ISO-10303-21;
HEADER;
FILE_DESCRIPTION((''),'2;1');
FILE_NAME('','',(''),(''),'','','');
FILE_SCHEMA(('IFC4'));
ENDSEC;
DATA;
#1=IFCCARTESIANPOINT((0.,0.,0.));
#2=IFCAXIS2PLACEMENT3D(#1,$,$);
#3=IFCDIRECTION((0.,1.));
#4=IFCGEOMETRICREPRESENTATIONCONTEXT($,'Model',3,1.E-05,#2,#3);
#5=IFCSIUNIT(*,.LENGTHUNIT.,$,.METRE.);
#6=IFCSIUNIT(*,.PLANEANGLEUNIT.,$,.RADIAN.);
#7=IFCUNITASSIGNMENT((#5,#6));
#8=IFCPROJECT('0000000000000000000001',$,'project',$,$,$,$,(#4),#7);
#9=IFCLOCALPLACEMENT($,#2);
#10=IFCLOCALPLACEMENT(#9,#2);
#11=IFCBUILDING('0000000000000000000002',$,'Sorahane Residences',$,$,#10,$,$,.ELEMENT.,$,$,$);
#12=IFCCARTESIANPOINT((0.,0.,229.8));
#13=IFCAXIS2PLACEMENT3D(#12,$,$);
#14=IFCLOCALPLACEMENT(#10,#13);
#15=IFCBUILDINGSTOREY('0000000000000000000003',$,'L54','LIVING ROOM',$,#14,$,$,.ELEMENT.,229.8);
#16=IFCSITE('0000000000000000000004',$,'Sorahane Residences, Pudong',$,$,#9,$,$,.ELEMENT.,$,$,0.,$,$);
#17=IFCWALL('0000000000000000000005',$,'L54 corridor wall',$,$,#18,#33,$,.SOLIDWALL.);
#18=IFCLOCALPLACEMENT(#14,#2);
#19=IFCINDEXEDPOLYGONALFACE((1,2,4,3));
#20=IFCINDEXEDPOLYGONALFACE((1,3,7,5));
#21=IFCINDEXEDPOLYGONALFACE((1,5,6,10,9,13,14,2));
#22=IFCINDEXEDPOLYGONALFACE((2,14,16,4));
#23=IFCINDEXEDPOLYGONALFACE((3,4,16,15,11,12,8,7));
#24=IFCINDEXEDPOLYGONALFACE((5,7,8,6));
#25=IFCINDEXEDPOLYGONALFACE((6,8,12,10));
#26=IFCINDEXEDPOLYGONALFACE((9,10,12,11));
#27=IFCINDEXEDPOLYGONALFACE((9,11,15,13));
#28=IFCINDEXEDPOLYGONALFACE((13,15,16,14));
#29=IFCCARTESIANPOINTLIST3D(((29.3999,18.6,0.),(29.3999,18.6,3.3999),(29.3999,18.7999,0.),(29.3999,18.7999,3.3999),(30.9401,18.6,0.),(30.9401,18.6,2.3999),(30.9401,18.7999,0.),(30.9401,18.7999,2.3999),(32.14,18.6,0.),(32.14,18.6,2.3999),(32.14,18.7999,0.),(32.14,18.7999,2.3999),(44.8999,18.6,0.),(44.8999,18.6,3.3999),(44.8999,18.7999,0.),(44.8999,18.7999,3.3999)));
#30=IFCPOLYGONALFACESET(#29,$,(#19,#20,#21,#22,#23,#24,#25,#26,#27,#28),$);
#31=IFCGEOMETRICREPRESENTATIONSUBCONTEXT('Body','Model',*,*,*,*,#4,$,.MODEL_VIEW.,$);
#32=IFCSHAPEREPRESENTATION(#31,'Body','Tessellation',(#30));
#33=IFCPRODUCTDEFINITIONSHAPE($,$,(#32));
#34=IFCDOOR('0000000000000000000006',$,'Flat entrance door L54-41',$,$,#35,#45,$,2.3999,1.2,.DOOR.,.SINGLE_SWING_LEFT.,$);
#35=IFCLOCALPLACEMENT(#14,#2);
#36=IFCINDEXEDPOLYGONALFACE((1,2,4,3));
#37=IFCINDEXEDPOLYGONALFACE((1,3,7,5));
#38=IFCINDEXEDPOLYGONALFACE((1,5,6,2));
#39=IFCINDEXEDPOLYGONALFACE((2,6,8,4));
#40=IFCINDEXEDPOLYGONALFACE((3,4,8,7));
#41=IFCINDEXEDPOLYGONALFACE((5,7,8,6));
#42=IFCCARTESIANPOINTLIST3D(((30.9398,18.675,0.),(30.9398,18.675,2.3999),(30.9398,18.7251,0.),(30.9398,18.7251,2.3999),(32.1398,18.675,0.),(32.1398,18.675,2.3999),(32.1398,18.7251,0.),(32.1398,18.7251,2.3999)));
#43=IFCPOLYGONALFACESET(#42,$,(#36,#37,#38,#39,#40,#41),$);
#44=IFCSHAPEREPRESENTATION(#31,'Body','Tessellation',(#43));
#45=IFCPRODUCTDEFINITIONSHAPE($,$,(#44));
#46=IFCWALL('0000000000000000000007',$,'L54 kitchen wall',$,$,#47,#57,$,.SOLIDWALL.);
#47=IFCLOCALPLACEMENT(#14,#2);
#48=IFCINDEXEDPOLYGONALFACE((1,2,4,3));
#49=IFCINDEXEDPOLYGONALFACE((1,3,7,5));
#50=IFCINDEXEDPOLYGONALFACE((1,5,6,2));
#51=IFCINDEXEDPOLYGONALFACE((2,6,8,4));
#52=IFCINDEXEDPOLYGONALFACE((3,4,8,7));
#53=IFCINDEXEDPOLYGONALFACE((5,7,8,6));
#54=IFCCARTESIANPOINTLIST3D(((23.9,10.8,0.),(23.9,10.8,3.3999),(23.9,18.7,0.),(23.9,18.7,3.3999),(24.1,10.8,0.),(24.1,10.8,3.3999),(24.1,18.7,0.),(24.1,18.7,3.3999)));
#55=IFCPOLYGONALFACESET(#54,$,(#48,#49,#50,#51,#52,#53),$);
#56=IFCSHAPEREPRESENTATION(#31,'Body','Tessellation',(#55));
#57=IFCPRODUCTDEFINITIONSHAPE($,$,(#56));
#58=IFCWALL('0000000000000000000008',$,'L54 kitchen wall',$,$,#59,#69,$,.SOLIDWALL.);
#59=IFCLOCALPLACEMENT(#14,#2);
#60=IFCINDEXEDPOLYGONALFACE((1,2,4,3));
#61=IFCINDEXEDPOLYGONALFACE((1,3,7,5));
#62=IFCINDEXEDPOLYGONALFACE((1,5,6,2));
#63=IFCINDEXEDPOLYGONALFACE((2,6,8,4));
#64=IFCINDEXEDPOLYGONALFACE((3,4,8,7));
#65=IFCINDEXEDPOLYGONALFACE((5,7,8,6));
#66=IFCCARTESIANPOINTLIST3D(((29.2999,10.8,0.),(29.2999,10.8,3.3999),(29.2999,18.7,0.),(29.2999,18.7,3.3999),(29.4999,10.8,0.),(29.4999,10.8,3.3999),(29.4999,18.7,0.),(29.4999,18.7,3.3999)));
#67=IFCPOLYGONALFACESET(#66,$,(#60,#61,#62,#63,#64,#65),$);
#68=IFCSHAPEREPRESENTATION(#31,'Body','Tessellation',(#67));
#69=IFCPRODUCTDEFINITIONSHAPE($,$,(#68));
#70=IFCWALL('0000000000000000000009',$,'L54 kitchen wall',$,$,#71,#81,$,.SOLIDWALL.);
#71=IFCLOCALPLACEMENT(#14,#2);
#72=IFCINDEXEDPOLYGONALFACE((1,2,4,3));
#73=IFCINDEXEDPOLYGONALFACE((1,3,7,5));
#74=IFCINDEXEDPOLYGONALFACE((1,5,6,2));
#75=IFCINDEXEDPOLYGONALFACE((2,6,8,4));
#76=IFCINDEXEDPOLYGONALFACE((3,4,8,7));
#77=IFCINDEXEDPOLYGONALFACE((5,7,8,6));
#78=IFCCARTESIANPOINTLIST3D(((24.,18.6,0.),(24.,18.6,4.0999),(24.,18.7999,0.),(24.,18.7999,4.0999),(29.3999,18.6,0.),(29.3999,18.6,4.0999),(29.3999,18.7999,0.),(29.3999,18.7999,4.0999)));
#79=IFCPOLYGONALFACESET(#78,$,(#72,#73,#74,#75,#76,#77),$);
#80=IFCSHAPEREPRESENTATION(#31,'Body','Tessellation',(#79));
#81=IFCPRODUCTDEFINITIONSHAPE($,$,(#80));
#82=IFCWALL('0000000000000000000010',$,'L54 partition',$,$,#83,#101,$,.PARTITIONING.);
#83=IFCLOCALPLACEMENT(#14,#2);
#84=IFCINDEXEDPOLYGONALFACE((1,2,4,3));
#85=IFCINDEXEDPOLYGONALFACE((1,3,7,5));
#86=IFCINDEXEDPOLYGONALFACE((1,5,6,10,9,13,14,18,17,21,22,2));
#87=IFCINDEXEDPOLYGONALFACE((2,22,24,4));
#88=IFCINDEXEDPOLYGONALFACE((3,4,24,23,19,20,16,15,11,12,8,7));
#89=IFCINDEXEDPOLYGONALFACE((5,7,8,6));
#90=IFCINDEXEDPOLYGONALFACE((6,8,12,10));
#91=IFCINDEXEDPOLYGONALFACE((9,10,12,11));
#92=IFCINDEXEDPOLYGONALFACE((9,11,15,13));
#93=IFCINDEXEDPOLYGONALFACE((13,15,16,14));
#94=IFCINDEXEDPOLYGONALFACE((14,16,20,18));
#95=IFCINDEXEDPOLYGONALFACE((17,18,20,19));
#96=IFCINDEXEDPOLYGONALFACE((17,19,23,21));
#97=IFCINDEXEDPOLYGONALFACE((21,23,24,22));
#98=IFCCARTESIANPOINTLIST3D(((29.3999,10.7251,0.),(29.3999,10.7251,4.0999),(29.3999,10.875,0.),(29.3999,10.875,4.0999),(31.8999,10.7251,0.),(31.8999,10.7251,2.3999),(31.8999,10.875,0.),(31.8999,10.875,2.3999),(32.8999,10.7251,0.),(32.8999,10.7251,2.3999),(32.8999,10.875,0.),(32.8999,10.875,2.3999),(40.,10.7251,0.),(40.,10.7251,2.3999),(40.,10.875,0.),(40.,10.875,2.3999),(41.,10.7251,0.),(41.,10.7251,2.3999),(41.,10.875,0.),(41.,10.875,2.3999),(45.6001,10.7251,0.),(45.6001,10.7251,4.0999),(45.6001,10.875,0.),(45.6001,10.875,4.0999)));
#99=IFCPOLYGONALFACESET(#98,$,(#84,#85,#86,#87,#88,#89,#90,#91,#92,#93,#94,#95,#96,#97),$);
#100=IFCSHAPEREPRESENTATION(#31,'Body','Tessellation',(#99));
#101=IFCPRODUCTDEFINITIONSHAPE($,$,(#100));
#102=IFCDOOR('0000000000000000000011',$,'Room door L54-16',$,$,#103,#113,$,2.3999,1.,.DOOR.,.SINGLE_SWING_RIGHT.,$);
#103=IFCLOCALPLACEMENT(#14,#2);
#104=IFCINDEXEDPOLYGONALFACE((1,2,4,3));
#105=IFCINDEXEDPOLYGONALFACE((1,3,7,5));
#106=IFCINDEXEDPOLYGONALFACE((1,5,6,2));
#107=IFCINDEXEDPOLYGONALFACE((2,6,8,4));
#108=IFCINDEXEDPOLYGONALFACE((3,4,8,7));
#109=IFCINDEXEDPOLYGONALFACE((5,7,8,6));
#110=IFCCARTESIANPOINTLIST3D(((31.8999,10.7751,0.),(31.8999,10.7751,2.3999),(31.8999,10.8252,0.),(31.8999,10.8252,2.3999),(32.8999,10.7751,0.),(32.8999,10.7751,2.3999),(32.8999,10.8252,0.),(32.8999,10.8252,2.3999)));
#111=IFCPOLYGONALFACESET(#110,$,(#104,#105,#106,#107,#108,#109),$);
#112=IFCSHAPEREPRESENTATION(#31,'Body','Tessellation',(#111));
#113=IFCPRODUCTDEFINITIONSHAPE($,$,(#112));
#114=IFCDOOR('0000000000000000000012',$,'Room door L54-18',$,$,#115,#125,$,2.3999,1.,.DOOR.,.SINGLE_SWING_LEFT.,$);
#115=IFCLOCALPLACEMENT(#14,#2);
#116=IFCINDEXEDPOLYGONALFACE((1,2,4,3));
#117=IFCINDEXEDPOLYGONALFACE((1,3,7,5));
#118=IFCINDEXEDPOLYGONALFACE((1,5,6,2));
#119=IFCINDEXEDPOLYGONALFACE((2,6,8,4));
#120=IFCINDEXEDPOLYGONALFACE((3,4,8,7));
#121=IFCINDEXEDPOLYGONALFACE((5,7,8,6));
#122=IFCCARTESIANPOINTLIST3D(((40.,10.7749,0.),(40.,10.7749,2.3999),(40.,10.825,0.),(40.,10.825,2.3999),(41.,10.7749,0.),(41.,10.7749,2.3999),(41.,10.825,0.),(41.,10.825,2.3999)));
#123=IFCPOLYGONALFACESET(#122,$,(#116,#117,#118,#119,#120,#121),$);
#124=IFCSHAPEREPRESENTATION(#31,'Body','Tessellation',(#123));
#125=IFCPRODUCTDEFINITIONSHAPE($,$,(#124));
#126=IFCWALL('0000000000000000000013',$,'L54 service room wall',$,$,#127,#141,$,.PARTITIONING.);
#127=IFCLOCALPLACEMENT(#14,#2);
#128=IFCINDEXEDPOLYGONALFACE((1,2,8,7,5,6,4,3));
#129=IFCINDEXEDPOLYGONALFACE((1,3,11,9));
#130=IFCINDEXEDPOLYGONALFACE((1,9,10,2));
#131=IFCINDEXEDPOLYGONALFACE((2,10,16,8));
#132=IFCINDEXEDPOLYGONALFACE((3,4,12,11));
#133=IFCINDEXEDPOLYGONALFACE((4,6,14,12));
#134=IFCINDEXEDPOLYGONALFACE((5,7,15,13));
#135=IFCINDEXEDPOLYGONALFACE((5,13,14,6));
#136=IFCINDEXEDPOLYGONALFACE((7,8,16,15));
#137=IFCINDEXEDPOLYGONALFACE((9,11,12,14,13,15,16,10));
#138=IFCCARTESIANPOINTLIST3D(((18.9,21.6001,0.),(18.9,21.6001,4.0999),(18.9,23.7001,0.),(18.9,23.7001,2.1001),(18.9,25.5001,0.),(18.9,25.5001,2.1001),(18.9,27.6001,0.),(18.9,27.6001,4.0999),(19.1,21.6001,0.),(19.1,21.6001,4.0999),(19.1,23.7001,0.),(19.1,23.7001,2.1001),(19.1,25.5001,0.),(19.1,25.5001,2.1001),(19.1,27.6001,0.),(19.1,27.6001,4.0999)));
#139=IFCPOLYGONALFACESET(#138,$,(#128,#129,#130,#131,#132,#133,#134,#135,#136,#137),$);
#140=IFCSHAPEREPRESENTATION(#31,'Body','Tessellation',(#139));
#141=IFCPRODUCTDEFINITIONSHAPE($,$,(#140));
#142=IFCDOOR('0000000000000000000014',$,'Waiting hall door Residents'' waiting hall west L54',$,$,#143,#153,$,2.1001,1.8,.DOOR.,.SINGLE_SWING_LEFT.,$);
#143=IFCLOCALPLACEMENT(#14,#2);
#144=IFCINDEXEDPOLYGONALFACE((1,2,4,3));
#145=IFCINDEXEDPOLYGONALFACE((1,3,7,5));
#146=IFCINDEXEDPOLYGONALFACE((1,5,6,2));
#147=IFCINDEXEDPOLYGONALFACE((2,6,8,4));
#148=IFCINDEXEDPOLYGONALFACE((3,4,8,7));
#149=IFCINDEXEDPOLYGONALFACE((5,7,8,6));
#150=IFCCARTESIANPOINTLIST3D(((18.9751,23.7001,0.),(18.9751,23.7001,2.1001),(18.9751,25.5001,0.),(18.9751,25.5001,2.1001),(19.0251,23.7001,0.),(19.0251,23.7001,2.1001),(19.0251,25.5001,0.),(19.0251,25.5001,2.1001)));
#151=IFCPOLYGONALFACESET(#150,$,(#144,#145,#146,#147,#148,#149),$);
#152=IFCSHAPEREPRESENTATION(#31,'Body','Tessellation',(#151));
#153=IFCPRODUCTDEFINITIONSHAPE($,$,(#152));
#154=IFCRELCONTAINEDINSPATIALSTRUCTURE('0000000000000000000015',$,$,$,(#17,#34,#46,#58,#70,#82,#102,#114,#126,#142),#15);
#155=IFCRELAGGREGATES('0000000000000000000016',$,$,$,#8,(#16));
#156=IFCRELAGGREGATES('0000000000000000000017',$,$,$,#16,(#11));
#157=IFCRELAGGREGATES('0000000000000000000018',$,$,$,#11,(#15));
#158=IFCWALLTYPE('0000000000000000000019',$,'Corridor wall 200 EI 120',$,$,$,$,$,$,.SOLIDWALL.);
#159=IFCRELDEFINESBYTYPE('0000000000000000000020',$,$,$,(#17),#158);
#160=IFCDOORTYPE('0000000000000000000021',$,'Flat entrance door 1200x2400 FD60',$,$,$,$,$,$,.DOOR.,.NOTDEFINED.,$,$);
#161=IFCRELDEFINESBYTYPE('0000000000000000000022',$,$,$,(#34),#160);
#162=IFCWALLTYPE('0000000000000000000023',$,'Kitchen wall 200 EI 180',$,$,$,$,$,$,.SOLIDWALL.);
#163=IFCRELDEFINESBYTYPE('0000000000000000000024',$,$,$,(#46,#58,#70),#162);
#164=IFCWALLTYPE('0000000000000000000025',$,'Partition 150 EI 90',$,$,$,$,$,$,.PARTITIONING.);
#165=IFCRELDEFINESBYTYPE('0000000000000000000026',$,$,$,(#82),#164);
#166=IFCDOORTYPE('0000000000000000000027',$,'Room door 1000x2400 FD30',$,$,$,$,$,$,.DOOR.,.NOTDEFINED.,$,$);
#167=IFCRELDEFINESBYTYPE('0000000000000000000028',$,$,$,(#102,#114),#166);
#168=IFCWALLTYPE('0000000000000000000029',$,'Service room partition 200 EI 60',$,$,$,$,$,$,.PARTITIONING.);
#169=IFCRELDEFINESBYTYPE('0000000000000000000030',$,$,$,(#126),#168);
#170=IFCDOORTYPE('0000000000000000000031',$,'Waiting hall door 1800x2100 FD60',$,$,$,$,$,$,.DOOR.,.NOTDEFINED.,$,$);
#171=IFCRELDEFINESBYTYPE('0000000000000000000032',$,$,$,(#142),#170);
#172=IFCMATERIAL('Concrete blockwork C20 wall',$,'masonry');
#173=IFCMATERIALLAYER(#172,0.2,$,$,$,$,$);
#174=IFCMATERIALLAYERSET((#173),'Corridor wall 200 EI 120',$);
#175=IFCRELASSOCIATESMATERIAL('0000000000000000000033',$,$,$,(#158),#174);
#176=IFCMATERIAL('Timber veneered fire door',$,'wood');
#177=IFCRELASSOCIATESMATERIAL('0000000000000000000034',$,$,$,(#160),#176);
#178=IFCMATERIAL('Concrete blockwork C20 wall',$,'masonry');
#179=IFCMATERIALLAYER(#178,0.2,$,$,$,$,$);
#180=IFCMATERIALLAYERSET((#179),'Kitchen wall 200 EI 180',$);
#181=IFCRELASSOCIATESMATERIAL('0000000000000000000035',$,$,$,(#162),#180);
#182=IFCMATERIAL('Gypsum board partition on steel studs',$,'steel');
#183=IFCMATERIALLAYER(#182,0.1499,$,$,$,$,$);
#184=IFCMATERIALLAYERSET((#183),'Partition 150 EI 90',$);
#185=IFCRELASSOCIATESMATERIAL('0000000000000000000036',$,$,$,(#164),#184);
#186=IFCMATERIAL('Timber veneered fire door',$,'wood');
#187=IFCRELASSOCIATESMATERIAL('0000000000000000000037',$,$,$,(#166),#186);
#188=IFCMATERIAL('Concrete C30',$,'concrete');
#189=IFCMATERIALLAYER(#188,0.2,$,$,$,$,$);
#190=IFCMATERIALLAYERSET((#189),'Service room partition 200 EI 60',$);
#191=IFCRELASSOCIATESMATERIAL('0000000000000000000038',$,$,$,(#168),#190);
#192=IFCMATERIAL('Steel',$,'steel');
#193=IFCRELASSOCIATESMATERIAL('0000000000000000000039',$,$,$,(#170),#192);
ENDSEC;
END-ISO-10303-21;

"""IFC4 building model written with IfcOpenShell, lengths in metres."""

from ifc_helpers import new_model, si_unit, direction, frame, frame_2d, origin, place, context, subcontext, project, spatial, rectangle, extrude, material, layer, layer_set, type_object, element, fill, save


model = new_model("IFC4")

# Units and contexts
model_context = context("Model", 3, precision=1e-05, world=origin(), true_north=direction((0.0, 1.0)))
body_context = subcontext(model_context, "Body", "Model", "MODEL_VIEW")
ifc_project = project(units=[si_unit("LENGTHUNIT", "METRE"), si_unit("PLANEANGLEUNIT", "RADIAN")], contexts=[model_context])

# Site, building, storey
site_placement = place(None, origin())
site = spatial("IfcSite", under=ifc_project, at=site_placement, Name="Sorahane Residences, Pudong", CompositionType="ELEMENT", RefElevation=0.0)
building_placement = place(site_placement, origin())
building = spatial("IfcBuilding", under=site, at=building_placement, Name="Sorahane Residences", CompositionType="ELEMENT")
storey_placement = place(building_placement, frame((0.0, 0.0, 229.8)))
storey = spatial("IfcBuildingStorey", under=building, at=storey_placement, Name="L54", Description="LIVING ROOM", CompositionType="ELEMENT", Elevation=229.8)

# Wall, opening, door
ifc_material_1 = material(Name="Concrete blockwork C20 wall", Category="masonry")
ifc_layer_1 = layer(ifc_material_1, 0.2)
ifc_layer_set_1 = layer_set([ifc_layer_1], Name="Corridor wall 200 EI 120")
wall_type_1 = type_object("IfcWallType", Name="Corridor wall 200 EI 120", PredefinedType="SOLIDWALL", material=ifc_layer_set_1)
wall_1_placement = place(storey_placement, frame((29.3999, 18.7, 0.0), z_axis=(0.0, 0.0, 1.0), x_axis=(1.0, 0.0, 0.0)))
wall_1 = element("IfcWall", 1, at=wall_1_placement, inside=storey, type_object=wall_type_1, Name="L54 corridor wall", PredefinedType="SOLIDWALL", context=body_context, shape_type="SweptSolid", body=[
    extrude(rectangle(XDim=15.5, YDim=0.2, at=frame_2d((7.75, 0.0))), origin(), (0.0, 0.0, 1.0), 3.3999),
])
opening_1_placement = place(wall_1_placement, frame((1.54, 0.0, 0.0)))
opening_1 = element("IfcOpeningElement", 2, at=opening_1_placement, cuts=wall_1, PredefinedType="OPENING", context=body_context, shape_type="SweptSolid", body=[
    extrude(rectangle(XDim=1.2, YDim=2.3999, at=frame_2d((0.6001, 1.2))), frame((0.0, 0.1099, 0.0), z_axis=(0.0, -1.0, 0.0), x_axis=(1.0, 0.0, 0.0)), (0.0, 0.0, 1.0), 0.22),
])
ifc_material_2 = material(Name="Timber veneered fire door", Category="wood")
door_type_1 = type_object("IfcDoorType", Name="Flat entrance door 1200x2400 FD60", OperationType="NOTDEFINED", PredefinedType="DOOR", material=ifc_material_2)
door_1_placement = place(opening_1_placement, frame((1.2, 0.0, 0.0), z_axis=(0.0, 0.0, 1.0), x_axis=(-1.0, 0.0, 0.0)))
door_1 = element("IfcDoor", 3, at=door_1_placement, inside=storey, type_object=door_type_1, Name="Flat entrance door L54-41", OperationType="SINGLE_SWING_LEFT", OverallHeight=2.3999, OverallWidth=1.2, PredefinedType="DOOR", context=body_context, shape_type="SweptSolid", body=[
    extrude(rectangle(XDim=1.2, YDim=2.3999, at=frame_2d((0.6001, 1.2))), frame((0.0, 0.0249, 0.0), z_axis=(0.0, -1.0, 0.0), x_axis=(1.0, 0.0, 0.0)), (0.0, 0.0, 1.0), 0.05),
])
fill(opening_1, door_1)

# Walls
ifc_material_3 = material(Name="Concrete blockwork C20 wall", Category="masonry")
ifc_layer_2 = layer(ifc_material_3, 0.2)
ifc_layer_set_2 = layer_set([ifc_layer_2], Name="Kitchen wall 200 EI 180")
wall_type_2 = type_object("IfcWallType", Name="Kitchen wall 200 EI 180", PredefinedType="SOLIDWALL", material=ifc_layer_set_2)
for number, where, z_axis, x_axis, name in (
    (4, (24.0, 10.8, 0.0), (0.0, 0.0, 1.0), (0.0, 1.0, 0.0), "L54 kitchen wall"),
    (5, (29.3999, 10.8, 0.0), (0.0, 0.0, 1.0), (0.0, 1.0, 0.0), "L54 kitchen wall"),
):
    element("IfcWall", number, at=place(storey_placement, frame(where, z_axis=z_axis, x_axis=x_axis)), inside=storey, type_object=wall_type_2, Name=name, PredefinedType="SOLIDWALL", context=body_context, shape_type="SweptSolid", body=[
        extrude(rectangle(XDim=7.8999, YDim=0.2, at=frame_2d((3.95, 0.0))), origin(), (0.0, 0.0, 1.0), 3.3999),
    ])

# Wall
wall_2_placement = place(storey_placement, frame((24.0, 18.7, 0.0), z_axis=(0.0, 0.0, 1.0), x_axis=(1.0, 0.0, 0.0)))
element("IfcWall", 6, at=wall_2_placement, inside=storey, type_object=wall_type_2, Name="L54 kitchen wall", PredefinedType="SOLIDWALL", context=body_context, shape_type="SweptSolid", body=[
    extrude(rectangle(XDim=5.3999, YDim=0.2, at=frame_2d((2.7, 0.0))), origin(), (0.0, 0.0, 1.0), 4.0999),
])

# Wall, openings, doors
ifc_material_4 = material(Name="Gypsum board partition on steel studs", Category="steel")
ifc_layer_3 = layer(ifc_material_4, 0.1499)
ifc_layer_set_3 = layer_set([ifc_layer_3], Name="Partition 150 EI 90")
wall_type_3 = type_object("IfcWallType", Name="Partition 150 EI 90", PredefinedType="PARTITIONING", material=ifc_layer_set_3)
wall_3_placement = place(storey_placement, frame((29.3999, 10.8, 0.0), z_axis=(0.0, 0.0, 1.0), x_axis=(1.0, 0.0, 0.0)))
wall_3 = element("IfcWall", 7, at=wall_3_placement, inside=storey, type_object=wall_type_3, Name="L54 partition", PredefinedType="PARTITIONING", context=body_context, shape_type="SweptSolid", body=[
    extrude(rectangle(XDim=16.2002, YDim=0.1499, at=frame_2d((8.1001, 0.0))), origin(), (0.0, 0.0, 1.0), 4.0999),
])
opening_2_placement = place(wall_3_placement, frame((2.5, 0.0, 0.0)))
opening_2 = element("IfcOpeningElement", 8, at=opening_2_placement, cuts=wall_3, PredefinedType="OPENING", context=body_context, shape_type="SweptSolid", body=[
    extrude(rectangle(XDim=1.0, YDim=2.3999, at=frame_2d((0.5, 1.2))), frame((0.0, 0.085, 0.0), z_axis=(0.0, -1.0, 0.0), x_axis=(1.0, 0.0, 0.0)), (0.0, 0.0, 1.0), 0.1699),
])
opening_3_placement = place(wall_3_placement, frame((10.6001, 0.0, 0.0)))
opening_3 = element("IfcOpeningElement", 9, at=opening_3_placement, cuts=wall_3, PredefinedType="OPENING", context=body_context, shape_type="SweptSolid", body=[
    extrude(rectangle(XDim=1.0, YDim=2.3999, at=frame_2d((0.5, 1.2))), frame((0.0, 0.085, 0.0), z_axis=(0.0, -1.0, 0.0), x_axis=(1.0, 0.0, 0.0)), (0.0, 0.0, 1.0), 0.1699),
])
ifc_material_5 = material(Name="Timber veneered fire door", Category="wood")
door_type_2 = type_object("IfcDoorType", Name="Room door 1000x2400 FD30", OperationType="NOTDEFINED", PredefinedType="DOOR", material=ifc_material_5)
door_2_placement = place(opening_2_placement, frame((1.0, 0.0, 0.0), z_axis=(0.0, 0.0, 1.0), x_axis=(-1.0, 0.0, 0.0)))
door_2 = element("IfcDoor", 10, at=door_2_placement, inside=storey, type_object=door_type_2, Name="Room door L54-16", OperationType="SINGLE_SWING_RIGHT", OverallHeight=2.3999, OverallWidth=1.0, PredefinedType="DOOR", context=body_context, shape_type="SweptSolid", body=[
    extrude(rectangle(XDim=1.0, YDim=2.3999, at=frame_2d((0.5, 1.2))), frame((0.0, 0.0249, 0.0), z_axis=(0.0, -1.0, 0.0), x_axis=(1.0, 0.0, 0.0)), (0.0, 0.0, 1.0), 0.05),
])
fill(opening_2, door_2)
door_3_placement = place(opening_3_placement, origin())
door_3 = element("IfcDoor", 11, at=door_3_placement, inside=storey, type_object=door_type_2, Name="Room door L54-18", OperationType="SINGLE_SWING_LEFT", OverallHeight=2.3999, OverallWidth=1.0, PredefinedType="DOOR", context=body_context, shape_type="SweptSolid", body=[
    extrude(rectangle(XDim=1.0, YDim=2.3999, at=frame_2d((0.5, 1.2))), frame((0.0, 0.0249, 0.0), z_axis=(0.0, -1.0, 0.0), x_axis=(1.0, 0.0, 0.0)), (0.0, 0.0, 1.0), 0.05),
])
fill(opening_3, door_3)

# Wall, opening, door
ifc_material_6 = material(Name="Concrete C30", Category="concrete")
ifc_layer_4 = layer(ifc_material_6, 0.2)
ifc_layer_set_4 = layer_set([ifc_layer_4], Name="Service room partition 200 EI 60")
wall_type_4 = type_object("IfcWallType", Name="Service room partition 200 EI 60", PredefinedType="PARTITIONING", material=ifc_layer_set_4)
wall_4_placement = place(storey_placement, frame((19.0, 21.6001, 0.0), z_axis=(0.0, 0.0, 1.0), x_axis=(0.0, 1.0, 0.0)))
wall_4 = element("IfcWall", 12, at=wall_4_placement, inside=storey, type_object=wall_type_4, Name="L54 service room wall", PredefinedType="PARTITIONING", context=body_context, shape_type="SweptSolid", body=[
    extrude(rectangle(XDim=6.0, YDim=0.2, at=frame_2d((3.0, 0.0))), origin(), (0.0, 0.0, 1.0), 4.0999),
])
opening_4_placement = place(wall_4_placement, frame((2.1001, 0.0, 0.0)))
opening_4 = element("IfcOpeningElement", 13, at=opening_4_placement, cuts=wall_4, PredefinedType="OPENING", context=body_context, shape_type="SweptSolid", body=[
    extrude(rectangle(XDim=1.8, YDim=2.1001, at=frame_2d((0.8999, 1.05))), frame((0.0, 0.1099, 0.0), z_axis=(0.0, -1.0, 0.0), x_axis=(1.0, 0.0, 0.0)), (0.0, 0.0, 1.0), 0.22),
])
ifc_material_7 = material(Name="Steel", Category="steel")
door_type_3 = type_object("IfcDoorType", Name="Waiting hall door 1800x2100 FD60", OperationType="NOTDEFINED", PredefinedType="DOOR", material=ifc_material_7)
door_4_placement = place(opening_4_placement, origin())
door_4 = element("IfcDoor", 14, at=door_4_placement, inside=storey, type_object=door_type_3, Name="Waiting hall door Residents' waiting hall west L54", OperationType="SINGLE_SWING_LEFT", OverallHeight=2.1001, OverallWidth=1.8, PredefinedType="DOOR", context=body_context, shape_type="SweptSolid", body=[
    extrude(rectangle(XDim=1.8, YDim=2.1001, at=frame_2d((0.8999, 1.05))), frame((0.0, 0.0249, 0.0), z_axis=(0.0, -1.0, 0.0), x_axis=(1.0, 0.0, 0.0)), (0.0, 0.0, 1.0), 0.05),
])
fill(opening_4, door_4)

save(model, "model.ifc")
